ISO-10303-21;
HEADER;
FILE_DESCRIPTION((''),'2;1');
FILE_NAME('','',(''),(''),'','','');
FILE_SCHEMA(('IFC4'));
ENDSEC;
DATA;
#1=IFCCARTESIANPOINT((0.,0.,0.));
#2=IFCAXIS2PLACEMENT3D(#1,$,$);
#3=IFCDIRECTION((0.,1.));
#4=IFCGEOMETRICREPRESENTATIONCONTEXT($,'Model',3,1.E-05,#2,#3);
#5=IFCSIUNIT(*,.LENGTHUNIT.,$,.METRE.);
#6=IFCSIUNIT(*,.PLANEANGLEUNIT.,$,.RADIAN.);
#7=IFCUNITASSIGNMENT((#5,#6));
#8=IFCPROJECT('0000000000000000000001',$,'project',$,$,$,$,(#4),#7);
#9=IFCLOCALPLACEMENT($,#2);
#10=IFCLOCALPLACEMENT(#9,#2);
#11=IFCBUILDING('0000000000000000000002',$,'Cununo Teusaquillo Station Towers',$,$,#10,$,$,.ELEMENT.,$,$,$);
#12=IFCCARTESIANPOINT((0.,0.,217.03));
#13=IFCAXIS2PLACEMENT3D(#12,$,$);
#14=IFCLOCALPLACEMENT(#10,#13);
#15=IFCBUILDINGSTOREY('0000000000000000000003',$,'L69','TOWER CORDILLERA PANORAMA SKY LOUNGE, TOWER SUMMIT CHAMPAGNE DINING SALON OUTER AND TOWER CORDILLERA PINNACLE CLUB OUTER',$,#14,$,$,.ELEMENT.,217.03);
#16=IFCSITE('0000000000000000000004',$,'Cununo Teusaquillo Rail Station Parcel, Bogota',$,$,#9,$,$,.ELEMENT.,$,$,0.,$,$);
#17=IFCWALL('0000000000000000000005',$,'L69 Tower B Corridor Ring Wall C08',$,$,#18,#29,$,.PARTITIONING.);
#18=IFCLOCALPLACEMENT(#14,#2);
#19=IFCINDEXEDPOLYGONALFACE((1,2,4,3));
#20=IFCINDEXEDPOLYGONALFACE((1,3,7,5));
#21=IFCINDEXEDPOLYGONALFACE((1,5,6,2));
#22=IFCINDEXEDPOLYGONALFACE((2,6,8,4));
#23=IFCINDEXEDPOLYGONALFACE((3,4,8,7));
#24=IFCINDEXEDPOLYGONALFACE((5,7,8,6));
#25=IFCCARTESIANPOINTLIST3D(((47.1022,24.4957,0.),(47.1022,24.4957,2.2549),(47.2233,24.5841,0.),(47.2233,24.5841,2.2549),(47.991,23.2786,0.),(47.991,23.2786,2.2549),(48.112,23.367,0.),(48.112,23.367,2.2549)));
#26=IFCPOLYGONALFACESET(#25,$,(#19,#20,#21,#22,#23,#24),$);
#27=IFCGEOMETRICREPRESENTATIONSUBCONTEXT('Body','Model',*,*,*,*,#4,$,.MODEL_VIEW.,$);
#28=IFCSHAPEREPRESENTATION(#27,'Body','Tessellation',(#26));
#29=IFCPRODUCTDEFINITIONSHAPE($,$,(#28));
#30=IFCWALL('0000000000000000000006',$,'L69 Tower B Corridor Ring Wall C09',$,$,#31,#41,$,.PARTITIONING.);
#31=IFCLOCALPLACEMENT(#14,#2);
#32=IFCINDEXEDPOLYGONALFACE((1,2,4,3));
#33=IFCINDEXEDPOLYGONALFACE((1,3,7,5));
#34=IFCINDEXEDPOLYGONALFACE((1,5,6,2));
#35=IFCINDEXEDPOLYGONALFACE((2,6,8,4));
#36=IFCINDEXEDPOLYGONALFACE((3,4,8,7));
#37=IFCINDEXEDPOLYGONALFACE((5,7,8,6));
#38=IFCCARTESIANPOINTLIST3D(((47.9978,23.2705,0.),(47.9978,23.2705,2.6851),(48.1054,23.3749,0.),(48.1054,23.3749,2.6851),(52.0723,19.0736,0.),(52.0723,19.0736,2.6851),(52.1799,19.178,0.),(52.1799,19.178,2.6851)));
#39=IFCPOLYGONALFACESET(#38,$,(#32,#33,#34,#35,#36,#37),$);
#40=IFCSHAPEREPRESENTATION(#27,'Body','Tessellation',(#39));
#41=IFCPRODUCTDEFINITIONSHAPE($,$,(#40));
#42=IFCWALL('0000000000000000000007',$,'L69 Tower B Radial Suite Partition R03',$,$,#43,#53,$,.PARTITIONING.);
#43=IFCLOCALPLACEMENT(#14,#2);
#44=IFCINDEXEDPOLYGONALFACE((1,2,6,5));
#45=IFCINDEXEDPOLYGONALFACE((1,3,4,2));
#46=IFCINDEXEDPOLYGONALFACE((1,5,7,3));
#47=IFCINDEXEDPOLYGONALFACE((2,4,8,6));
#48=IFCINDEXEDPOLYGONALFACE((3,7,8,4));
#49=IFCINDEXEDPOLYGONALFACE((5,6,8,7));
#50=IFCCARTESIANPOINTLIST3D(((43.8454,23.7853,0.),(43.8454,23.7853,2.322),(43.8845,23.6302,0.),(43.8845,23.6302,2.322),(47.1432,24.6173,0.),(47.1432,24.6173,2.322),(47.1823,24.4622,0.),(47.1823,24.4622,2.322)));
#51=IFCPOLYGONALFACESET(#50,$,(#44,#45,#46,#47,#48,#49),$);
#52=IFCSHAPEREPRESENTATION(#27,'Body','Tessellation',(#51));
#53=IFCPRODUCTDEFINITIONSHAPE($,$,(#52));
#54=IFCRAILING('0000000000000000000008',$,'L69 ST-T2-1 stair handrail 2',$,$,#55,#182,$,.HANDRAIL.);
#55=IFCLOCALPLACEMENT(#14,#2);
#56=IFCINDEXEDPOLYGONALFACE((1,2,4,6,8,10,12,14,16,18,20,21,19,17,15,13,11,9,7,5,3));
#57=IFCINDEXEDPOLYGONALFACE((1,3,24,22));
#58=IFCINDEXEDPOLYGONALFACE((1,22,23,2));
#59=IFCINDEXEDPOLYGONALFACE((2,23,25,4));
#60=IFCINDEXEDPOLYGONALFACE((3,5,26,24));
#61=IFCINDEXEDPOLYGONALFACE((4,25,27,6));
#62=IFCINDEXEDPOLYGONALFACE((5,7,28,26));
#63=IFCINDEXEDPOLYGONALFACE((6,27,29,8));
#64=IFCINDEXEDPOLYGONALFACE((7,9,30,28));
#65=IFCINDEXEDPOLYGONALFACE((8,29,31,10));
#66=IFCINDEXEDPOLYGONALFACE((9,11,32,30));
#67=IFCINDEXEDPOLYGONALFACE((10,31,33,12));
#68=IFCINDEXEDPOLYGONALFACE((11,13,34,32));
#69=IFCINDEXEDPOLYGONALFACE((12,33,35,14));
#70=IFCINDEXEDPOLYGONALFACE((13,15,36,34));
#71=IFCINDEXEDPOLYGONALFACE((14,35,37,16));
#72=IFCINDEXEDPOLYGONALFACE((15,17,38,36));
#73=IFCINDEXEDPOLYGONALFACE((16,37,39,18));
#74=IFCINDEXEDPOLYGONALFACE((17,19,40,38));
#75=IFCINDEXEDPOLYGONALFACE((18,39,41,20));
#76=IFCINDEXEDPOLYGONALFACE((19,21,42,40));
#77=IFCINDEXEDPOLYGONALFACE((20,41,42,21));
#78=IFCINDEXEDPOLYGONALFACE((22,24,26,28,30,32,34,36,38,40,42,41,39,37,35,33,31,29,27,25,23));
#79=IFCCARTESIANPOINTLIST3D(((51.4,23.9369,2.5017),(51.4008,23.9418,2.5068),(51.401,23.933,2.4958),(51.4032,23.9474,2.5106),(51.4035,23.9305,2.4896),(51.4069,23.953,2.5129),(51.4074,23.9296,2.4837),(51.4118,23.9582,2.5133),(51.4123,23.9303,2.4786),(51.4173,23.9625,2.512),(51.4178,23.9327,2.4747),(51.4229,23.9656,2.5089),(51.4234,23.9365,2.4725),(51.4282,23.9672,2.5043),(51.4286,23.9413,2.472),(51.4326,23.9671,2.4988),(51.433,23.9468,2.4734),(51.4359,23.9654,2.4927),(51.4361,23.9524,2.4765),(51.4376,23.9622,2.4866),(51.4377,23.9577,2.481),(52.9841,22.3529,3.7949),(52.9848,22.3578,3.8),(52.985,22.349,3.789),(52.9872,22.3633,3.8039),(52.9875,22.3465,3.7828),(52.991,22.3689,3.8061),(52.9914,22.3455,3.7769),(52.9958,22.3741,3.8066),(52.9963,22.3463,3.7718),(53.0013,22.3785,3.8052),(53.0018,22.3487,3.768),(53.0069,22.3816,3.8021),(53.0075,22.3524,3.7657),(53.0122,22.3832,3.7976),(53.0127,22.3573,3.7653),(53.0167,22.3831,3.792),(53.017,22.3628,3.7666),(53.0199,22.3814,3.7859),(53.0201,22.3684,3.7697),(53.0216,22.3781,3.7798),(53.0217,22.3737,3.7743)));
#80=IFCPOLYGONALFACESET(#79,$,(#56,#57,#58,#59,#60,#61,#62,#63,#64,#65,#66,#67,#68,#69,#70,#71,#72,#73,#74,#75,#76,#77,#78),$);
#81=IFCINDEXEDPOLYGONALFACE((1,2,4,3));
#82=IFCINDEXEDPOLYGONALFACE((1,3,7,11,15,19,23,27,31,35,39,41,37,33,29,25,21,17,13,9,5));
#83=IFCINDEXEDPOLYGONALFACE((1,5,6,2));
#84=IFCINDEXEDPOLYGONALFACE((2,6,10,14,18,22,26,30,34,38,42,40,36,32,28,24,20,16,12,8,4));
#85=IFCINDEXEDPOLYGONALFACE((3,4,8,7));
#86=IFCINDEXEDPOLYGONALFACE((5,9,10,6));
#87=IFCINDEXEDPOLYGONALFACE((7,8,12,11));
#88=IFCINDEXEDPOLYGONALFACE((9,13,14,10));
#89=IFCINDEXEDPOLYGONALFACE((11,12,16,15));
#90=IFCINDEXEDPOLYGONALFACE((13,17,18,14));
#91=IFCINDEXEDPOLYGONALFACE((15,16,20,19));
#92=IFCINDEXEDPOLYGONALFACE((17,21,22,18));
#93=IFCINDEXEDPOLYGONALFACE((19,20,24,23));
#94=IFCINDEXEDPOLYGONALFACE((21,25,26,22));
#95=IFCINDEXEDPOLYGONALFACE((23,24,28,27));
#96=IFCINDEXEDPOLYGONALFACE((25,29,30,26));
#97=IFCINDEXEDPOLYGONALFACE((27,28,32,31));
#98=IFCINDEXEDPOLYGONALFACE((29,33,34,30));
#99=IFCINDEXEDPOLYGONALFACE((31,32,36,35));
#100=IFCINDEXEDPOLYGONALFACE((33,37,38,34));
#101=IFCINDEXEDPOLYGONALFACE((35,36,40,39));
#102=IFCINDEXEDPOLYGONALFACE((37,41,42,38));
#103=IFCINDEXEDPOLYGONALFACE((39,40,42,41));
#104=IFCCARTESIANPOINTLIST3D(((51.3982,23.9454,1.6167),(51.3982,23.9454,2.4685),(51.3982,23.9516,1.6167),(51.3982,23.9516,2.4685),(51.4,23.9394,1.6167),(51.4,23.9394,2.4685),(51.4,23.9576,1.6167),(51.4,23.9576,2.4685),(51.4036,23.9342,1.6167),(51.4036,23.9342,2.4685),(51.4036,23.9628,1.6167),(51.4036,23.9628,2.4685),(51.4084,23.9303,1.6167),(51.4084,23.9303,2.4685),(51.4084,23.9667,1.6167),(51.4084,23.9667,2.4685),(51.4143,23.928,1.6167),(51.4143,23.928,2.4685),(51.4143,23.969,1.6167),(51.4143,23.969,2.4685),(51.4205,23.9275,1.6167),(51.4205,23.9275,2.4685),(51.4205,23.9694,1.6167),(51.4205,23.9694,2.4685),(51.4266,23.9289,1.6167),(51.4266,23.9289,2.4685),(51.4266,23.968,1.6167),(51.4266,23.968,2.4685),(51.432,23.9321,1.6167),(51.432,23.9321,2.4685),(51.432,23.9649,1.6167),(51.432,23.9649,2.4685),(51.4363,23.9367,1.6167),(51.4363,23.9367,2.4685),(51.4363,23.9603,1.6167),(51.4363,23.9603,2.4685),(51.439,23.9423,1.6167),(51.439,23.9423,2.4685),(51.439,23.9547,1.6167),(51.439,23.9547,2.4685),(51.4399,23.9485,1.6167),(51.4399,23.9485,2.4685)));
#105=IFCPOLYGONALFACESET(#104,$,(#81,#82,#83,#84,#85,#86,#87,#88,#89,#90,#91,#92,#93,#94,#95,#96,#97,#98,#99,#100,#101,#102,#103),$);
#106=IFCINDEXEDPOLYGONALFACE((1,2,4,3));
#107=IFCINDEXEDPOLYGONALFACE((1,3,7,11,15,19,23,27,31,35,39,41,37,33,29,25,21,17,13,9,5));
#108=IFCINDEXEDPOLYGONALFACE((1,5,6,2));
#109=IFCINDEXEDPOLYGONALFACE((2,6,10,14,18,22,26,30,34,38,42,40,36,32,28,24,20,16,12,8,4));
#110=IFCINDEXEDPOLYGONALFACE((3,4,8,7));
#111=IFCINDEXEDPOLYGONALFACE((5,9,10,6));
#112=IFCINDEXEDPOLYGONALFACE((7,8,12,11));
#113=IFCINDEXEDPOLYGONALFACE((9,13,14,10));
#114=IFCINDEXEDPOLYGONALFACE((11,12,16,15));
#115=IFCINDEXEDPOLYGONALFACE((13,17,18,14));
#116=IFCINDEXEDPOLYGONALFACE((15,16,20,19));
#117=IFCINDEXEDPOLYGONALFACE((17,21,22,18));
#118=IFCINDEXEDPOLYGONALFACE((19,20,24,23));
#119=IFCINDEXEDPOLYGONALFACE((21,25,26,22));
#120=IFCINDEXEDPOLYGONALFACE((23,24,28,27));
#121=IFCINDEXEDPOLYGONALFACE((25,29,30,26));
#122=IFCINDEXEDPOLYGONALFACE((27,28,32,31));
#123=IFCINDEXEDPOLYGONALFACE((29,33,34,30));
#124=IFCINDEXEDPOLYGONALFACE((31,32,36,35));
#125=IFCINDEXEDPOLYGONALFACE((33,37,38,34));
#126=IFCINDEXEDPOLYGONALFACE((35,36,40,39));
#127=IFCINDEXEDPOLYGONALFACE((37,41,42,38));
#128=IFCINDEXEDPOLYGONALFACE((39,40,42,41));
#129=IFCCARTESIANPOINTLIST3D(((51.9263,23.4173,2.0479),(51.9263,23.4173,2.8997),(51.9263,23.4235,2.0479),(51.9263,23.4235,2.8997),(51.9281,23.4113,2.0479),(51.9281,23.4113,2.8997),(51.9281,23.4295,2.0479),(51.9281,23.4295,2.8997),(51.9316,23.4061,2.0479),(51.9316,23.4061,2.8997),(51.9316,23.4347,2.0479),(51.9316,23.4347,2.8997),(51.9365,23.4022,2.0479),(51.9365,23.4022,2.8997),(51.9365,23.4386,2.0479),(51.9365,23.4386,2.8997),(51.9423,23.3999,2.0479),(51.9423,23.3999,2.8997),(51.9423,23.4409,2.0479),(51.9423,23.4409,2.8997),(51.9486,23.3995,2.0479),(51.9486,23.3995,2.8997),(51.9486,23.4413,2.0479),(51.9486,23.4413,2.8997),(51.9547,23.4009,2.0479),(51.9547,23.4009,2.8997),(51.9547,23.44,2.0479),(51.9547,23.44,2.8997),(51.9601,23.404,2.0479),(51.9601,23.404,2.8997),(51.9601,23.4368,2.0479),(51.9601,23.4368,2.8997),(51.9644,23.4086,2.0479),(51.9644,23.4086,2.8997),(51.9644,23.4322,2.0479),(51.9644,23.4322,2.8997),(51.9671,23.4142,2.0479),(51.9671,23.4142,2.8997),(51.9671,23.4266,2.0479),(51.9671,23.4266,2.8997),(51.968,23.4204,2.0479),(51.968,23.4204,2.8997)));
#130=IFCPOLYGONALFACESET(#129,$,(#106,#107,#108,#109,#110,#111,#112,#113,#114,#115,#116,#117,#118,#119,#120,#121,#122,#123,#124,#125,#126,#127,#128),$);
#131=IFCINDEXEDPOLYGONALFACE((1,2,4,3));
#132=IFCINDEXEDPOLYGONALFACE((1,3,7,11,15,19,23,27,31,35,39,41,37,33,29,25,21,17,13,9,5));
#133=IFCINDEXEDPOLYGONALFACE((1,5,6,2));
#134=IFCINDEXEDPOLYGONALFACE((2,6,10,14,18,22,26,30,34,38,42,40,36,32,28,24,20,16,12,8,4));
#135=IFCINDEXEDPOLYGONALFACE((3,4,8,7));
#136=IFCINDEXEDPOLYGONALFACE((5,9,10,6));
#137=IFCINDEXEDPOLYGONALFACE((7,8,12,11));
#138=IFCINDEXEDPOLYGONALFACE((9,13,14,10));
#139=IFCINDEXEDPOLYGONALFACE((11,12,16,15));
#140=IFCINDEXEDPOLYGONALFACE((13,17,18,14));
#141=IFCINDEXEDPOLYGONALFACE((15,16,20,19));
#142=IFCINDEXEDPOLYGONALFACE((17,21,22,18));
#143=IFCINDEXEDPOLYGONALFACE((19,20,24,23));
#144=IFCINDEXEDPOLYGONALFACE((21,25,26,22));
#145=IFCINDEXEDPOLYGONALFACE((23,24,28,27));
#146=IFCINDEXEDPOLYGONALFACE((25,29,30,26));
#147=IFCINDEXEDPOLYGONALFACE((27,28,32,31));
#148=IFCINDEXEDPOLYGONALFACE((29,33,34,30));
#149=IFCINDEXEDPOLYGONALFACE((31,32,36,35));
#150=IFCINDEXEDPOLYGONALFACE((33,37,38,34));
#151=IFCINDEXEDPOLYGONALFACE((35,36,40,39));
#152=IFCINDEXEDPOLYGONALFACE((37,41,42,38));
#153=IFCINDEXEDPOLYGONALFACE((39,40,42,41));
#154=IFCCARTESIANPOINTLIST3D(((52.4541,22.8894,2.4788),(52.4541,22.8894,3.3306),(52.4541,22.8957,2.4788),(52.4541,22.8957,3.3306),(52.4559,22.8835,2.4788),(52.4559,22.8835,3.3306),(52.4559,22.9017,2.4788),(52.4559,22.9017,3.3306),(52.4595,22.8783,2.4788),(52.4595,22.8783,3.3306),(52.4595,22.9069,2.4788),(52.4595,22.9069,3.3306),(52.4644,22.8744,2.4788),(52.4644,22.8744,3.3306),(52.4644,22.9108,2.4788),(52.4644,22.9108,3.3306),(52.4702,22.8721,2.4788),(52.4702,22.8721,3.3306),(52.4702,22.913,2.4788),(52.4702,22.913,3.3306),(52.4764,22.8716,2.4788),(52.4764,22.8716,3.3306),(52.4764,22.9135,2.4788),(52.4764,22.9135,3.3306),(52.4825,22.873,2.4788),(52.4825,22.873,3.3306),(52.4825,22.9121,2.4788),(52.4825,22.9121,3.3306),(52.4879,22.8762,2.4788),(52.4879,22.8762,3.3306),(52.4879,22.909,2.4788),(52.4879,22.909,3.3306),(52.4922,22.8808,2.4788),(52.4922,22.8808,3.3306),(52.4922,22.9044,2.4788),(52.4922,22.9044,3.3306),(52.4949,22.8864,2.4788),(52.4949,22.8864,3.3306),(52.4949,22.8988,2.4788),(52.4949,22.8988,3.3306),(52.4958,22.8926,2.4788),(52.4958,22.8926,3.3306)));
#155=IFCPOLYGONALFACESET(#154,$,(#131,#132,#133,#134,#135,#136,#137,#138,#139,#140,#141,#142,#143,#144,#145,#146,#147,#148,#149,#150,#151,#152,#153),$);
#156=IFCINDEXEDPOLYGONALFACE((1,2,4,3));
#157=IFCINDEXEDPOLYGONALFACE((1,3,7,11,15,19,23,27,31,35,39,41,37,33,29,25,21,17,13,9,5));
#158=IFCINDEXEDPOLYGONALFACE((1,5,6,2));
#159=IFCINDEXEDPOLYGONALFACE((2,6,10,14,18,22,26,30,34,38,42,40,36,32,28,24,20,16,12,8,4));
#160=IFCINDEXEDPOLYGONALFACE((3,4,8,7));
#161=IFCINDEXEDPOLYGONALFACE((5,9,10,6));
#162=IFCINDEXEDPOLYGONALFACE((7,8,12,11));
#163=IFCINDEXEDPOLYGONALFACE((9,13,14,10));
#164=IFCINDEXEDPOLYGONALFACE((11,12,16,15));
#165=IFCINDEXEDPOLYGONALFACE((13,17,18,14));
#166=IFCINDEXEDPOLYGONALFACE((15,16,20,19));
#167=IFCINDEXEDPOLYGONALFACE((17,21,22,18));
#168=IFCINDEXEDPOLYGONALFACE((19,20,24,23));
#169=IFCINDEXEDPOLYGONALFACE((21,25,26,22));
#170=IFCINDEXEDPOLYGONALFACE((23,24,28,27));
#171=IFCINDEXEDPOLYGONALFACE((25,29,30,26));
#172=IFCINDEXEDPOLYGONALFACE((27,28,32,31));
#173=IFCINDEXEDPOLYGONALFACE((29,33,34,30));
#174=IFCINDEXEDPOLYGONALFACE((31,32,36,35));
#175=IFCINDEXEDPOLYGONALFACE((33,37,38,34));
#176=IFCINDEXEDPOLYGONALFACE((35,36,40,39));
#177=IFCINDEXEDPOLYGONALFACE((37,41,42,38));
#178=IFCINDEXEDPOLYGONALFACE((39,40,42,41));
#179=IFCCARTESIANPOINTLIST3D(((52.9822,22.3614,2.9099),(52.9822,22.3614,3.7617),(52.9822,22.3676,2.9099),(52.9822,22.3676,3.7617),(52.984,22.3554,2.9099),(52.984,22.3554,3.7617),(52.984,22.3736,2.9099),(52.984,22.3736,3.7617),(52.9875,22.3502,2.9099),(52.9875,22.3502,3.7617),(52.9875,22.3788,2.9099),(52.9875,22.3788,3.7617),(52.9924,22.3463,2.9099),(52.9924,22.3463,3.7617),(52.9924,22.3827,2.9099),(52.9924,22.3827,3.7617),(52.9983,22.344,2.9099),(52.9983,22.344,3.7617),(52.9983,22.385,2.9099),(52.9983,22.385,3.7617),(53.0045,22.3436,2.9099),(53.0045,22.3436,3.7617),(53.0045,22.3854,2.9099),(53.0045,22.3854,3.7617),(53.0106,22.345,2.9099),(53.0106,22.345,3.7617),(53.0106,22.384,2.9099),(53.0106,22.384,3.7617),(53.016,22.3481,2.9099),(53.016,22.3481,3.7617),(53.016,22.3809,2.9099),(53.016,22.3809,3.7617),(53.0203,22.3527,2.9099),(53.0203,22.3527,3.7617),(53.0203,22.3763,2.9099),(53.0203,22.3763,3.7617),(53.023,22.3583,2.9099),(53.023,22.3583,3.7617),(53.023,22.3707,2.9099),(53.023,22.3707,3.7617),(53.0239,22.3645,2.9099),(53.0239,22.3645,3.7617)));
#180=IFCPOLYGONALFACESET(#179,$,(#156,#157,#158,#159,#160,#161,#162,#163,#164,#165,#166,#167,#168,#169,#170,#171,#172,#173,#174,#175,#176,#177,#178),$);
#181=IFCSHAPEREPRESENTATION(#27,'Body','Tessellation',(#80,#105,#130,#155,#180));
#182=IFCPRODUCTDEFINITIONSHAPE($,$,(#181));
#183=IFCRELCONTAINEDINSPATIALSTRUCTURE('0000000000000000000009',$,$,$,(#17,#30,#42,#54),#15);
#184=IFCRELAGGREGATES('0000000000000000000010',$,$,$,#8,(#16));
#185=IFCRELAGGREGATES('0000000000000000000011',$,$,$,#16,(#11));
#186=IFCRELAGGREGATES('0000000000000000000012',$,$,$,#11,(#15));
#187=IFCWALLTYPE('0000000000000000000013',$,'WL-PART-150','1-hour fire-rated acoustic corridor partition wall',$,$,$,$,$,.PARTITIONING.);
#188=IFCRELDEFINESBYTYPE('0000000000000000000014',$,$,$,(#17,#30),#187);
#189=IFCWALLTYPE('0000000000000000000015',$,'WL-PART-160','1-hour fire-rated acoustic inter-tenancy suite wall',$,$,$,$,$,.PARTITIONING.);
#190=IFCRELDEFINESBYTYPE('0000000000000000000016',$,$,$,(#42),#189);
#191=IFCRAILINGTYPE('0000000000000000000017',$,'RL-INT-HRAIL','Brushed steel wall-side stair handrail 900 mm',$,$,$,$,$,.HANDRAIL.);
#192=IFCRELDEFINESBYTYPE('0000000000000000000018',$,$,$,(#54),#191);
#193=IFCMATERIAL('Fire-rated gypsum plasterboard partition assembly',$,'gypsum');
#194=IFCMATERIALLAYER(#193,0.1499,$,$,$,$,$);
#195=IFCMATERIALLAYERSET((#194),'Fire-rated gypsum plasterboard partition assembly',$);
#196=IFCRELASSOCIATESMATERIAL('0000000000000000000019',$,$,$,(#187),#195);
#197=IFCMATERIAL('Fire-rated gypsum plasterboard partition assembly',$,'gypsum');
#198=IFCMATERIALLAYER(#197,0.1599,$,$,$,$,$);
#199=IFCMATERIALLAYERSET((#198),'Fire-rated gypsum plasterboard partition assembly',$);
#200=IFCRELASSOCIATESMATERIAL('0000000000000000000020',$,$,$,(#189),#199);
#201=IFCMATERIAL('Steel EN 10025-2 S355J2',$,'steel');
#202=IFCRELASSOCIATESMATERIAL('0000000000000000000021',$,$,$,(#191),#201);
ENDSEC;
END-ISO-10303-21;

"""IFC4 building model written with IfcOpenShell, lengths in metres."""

from ifc_helpers import new_model, si_unit, direction, frame, frame_2d, origin, origin_2d, place, context, subcontext, project, spatial, rectangle, circle, extrude, material, layer, layer_set, type_object, element, save


model = new_model("IFC4")

# Units and contexts
model_context = context("Model", 3, precision=1e-05, world=origin(), true_north=direction((0.0, 1.0)))
body_context = subcontext(model_context, "Body", "Model", "MODEL_VIEW")
ifc_project = project(units=[si_unit("LENGTHUNIT", "METRE"), si_unit("PLANEANGLEUNIT", "RADIAN")], contexts=[model_context])

# Site, building, storey
site_placement = place(None, origin())
site = spatial("IfcSite", under=ifc_project, at=site_placement, Name="Cununo Teusaquillo Rail Station Parcel, Bogota", CompositionType="ELEMENT", RefElevation=0.0)
building_placement = place(site_placement, origin())
building = spatial("IfcBuilding", under=site, at=building_placement, Name="Cununo Teusaquillo Station Towers", CompositionType="ELEMENT")
storey_placement = place(building_placement, frame((0.0, 0.0, 217.03)))
storey = spatial("IfcBuildingStorey", under=building, at=storey_placement, Name="L69", Description="TOWER CORDILLERA PANORAMA SKY LOUNGE, TOWER SUMMIT CHAMPAGNE DINING SALON OUTER AND TOWER CORDILLERA PINNACLE CLUB OUTER", CompositionType="ELEMENT", Elevation=217.03)

# Walls
ifc_material_1 = material(Name="Fire-rated gypsum plasterboard partition assembly", Category="gypsum")
ifc_layer_1 = layer(ifc_material_1, 0.1499)
ifc_layer_set_1 = layer_set([ifc_layer_1], Name="Fire-rated gypsum plasterboard partition assembly")
wall_type_1 = type_object("IfcWallType", Name="WL-PART-150", Description="1-hour fire-rated acoustic corridor partition wall", PredefinedType="PARTITIONING", material=ifc_layer_set_1)
wall_1_placement = place(storey_placement, frame((47.1628, 24.5398, 0.0), z_axis=(0.0, 0.0, 1.0), x_axis=(0.589712, -0.807614, 0.0)))
element("IfcWall", 1, at=wall_1_placement, inside=storey, type_object=wall_type_1, Name="L69 Tower B Corridor Ring Wall C08", PredefinedType="PARTITIONING", context=body_context, shape_type="SweptSolid", body=[
    extrude(rectangle(XDim=1.5071, YDim=0.1499, at=frame_2d((0.7534, 0.0))), origin(), (0.0, 0.0, 1.0), 2.2549),
])
wall_2_placement = place(storey_placement, frame((48.0515, 23.3228, 0.0), z_axis=(0.0, 0.0, 1.0), x_axis=(0.696574, -0.717485, 0.0)))
element("IfcWall", 2, at=wall_2_placement, inside=storey, type_object=wall_type_1, Name="L69 Tower B Corridor Ring Wall C09", PredefinedType="PARTITIONING", context=body_context, shape_type="SweptSolid", body=[
    extrude(rectangle(XDim=5.8494, YDim=0.1499, at=frame_2d((2.9248, 0.0))), origin(), (0.0, 0.0, 1.0), 2.6851),
])
ifc_material_2 = material(Name="Fire-rated gypsum plasterboard partition assembly", Category="gypsum")
ifc_layer_2 = layer(ifc_material_2, 0.1599)
ifc_layer_set_2 = layer_set([ifc_layer_2], Name="Fire-rated gypsum plasterboard partition assembly")
wall_type_2 = type_object("IfcWallType", Name="WL-PART-160", Description="1-hour fire-rated acoustic inter-tenancy suite wall", PredefinedType="PARTITIONING", material=ifc_layer_set_2)
wall_3_placement = place(storey_placement, frame((47.1628, 24.5398, 0.0), z_axis=(0.0, 0.0, 1.0), x_axis=(-0.969617, -0.244629, 0.0)))
element("IfcWall", 3, at=wall_3_placement, inside=storey, type_object=wall_type_2, Name="L69 Tower B Radial Suite Partition R03", PredefinedType="PARTITIONING", context=body_context, shape_type="SweptSolid", body=[
    extrude(rectangle(XDim=3.4011, YDim=0.1599, at=frame_2d((1.7007, 0.0))), origin(), (0.0, 0.0, 1.0), 2.322),
])

# Railing
ifc_material_3 = material(Name="Steel EN 10025-2 S355J2", Category="steel")
railing_type = type_object("IfcRailingType", Name="RL-INT-HRAIL", Description="Brushed steel wall-side stair handrail 900 mm", PredefinedType="HANDRAIL", material=ifc_material_3)
railing_placement = place(storey_placement, frame((51.4189, 23.9485, 1.6167)))
element("IfcRailing", 4, at=railing_placement, inside=storey, type_object=railing_type, Name="L69 ST-T2-1 stair handrail 2", PredefinedType="HANDRAIL", context=body_context, shape_type="SweptSolid", body=[
    extrude(circle(Radius=0.0239, at=origin_2d()), frame((0.0, 0.0, 0.876), z_axis=(0.612385, -0.612385, 0.49997), x_axis=(0.707107, 0.707107, 0.0)), (0.0, 0.0, 1.0), 2.5867),
    extrude(circle(Radius=0.021, at=origin_2d()), origin(), (0.0, 0.0, 1.0), 0.8518),
    extrude(circle(Radius=0.021, at=origin_2d()), frame((0.5281, -0.5281, 0.4312)), (0.0, 0.0, 1.0), 0.8518),
    extrude(circle(Radius=0.021, at=origin_2d()), frame((1.0559, -1.0559, 0.8621)), (0.0, 0.0, 1.0), 0.8518),
    extrude(circle(Radius=0.021, at=origin_2d()), frame((1.584, -1.584, 1.2932)), (0.0, 0.0, 1.0), 0.8518),
])

save(model, "model.ifc")
